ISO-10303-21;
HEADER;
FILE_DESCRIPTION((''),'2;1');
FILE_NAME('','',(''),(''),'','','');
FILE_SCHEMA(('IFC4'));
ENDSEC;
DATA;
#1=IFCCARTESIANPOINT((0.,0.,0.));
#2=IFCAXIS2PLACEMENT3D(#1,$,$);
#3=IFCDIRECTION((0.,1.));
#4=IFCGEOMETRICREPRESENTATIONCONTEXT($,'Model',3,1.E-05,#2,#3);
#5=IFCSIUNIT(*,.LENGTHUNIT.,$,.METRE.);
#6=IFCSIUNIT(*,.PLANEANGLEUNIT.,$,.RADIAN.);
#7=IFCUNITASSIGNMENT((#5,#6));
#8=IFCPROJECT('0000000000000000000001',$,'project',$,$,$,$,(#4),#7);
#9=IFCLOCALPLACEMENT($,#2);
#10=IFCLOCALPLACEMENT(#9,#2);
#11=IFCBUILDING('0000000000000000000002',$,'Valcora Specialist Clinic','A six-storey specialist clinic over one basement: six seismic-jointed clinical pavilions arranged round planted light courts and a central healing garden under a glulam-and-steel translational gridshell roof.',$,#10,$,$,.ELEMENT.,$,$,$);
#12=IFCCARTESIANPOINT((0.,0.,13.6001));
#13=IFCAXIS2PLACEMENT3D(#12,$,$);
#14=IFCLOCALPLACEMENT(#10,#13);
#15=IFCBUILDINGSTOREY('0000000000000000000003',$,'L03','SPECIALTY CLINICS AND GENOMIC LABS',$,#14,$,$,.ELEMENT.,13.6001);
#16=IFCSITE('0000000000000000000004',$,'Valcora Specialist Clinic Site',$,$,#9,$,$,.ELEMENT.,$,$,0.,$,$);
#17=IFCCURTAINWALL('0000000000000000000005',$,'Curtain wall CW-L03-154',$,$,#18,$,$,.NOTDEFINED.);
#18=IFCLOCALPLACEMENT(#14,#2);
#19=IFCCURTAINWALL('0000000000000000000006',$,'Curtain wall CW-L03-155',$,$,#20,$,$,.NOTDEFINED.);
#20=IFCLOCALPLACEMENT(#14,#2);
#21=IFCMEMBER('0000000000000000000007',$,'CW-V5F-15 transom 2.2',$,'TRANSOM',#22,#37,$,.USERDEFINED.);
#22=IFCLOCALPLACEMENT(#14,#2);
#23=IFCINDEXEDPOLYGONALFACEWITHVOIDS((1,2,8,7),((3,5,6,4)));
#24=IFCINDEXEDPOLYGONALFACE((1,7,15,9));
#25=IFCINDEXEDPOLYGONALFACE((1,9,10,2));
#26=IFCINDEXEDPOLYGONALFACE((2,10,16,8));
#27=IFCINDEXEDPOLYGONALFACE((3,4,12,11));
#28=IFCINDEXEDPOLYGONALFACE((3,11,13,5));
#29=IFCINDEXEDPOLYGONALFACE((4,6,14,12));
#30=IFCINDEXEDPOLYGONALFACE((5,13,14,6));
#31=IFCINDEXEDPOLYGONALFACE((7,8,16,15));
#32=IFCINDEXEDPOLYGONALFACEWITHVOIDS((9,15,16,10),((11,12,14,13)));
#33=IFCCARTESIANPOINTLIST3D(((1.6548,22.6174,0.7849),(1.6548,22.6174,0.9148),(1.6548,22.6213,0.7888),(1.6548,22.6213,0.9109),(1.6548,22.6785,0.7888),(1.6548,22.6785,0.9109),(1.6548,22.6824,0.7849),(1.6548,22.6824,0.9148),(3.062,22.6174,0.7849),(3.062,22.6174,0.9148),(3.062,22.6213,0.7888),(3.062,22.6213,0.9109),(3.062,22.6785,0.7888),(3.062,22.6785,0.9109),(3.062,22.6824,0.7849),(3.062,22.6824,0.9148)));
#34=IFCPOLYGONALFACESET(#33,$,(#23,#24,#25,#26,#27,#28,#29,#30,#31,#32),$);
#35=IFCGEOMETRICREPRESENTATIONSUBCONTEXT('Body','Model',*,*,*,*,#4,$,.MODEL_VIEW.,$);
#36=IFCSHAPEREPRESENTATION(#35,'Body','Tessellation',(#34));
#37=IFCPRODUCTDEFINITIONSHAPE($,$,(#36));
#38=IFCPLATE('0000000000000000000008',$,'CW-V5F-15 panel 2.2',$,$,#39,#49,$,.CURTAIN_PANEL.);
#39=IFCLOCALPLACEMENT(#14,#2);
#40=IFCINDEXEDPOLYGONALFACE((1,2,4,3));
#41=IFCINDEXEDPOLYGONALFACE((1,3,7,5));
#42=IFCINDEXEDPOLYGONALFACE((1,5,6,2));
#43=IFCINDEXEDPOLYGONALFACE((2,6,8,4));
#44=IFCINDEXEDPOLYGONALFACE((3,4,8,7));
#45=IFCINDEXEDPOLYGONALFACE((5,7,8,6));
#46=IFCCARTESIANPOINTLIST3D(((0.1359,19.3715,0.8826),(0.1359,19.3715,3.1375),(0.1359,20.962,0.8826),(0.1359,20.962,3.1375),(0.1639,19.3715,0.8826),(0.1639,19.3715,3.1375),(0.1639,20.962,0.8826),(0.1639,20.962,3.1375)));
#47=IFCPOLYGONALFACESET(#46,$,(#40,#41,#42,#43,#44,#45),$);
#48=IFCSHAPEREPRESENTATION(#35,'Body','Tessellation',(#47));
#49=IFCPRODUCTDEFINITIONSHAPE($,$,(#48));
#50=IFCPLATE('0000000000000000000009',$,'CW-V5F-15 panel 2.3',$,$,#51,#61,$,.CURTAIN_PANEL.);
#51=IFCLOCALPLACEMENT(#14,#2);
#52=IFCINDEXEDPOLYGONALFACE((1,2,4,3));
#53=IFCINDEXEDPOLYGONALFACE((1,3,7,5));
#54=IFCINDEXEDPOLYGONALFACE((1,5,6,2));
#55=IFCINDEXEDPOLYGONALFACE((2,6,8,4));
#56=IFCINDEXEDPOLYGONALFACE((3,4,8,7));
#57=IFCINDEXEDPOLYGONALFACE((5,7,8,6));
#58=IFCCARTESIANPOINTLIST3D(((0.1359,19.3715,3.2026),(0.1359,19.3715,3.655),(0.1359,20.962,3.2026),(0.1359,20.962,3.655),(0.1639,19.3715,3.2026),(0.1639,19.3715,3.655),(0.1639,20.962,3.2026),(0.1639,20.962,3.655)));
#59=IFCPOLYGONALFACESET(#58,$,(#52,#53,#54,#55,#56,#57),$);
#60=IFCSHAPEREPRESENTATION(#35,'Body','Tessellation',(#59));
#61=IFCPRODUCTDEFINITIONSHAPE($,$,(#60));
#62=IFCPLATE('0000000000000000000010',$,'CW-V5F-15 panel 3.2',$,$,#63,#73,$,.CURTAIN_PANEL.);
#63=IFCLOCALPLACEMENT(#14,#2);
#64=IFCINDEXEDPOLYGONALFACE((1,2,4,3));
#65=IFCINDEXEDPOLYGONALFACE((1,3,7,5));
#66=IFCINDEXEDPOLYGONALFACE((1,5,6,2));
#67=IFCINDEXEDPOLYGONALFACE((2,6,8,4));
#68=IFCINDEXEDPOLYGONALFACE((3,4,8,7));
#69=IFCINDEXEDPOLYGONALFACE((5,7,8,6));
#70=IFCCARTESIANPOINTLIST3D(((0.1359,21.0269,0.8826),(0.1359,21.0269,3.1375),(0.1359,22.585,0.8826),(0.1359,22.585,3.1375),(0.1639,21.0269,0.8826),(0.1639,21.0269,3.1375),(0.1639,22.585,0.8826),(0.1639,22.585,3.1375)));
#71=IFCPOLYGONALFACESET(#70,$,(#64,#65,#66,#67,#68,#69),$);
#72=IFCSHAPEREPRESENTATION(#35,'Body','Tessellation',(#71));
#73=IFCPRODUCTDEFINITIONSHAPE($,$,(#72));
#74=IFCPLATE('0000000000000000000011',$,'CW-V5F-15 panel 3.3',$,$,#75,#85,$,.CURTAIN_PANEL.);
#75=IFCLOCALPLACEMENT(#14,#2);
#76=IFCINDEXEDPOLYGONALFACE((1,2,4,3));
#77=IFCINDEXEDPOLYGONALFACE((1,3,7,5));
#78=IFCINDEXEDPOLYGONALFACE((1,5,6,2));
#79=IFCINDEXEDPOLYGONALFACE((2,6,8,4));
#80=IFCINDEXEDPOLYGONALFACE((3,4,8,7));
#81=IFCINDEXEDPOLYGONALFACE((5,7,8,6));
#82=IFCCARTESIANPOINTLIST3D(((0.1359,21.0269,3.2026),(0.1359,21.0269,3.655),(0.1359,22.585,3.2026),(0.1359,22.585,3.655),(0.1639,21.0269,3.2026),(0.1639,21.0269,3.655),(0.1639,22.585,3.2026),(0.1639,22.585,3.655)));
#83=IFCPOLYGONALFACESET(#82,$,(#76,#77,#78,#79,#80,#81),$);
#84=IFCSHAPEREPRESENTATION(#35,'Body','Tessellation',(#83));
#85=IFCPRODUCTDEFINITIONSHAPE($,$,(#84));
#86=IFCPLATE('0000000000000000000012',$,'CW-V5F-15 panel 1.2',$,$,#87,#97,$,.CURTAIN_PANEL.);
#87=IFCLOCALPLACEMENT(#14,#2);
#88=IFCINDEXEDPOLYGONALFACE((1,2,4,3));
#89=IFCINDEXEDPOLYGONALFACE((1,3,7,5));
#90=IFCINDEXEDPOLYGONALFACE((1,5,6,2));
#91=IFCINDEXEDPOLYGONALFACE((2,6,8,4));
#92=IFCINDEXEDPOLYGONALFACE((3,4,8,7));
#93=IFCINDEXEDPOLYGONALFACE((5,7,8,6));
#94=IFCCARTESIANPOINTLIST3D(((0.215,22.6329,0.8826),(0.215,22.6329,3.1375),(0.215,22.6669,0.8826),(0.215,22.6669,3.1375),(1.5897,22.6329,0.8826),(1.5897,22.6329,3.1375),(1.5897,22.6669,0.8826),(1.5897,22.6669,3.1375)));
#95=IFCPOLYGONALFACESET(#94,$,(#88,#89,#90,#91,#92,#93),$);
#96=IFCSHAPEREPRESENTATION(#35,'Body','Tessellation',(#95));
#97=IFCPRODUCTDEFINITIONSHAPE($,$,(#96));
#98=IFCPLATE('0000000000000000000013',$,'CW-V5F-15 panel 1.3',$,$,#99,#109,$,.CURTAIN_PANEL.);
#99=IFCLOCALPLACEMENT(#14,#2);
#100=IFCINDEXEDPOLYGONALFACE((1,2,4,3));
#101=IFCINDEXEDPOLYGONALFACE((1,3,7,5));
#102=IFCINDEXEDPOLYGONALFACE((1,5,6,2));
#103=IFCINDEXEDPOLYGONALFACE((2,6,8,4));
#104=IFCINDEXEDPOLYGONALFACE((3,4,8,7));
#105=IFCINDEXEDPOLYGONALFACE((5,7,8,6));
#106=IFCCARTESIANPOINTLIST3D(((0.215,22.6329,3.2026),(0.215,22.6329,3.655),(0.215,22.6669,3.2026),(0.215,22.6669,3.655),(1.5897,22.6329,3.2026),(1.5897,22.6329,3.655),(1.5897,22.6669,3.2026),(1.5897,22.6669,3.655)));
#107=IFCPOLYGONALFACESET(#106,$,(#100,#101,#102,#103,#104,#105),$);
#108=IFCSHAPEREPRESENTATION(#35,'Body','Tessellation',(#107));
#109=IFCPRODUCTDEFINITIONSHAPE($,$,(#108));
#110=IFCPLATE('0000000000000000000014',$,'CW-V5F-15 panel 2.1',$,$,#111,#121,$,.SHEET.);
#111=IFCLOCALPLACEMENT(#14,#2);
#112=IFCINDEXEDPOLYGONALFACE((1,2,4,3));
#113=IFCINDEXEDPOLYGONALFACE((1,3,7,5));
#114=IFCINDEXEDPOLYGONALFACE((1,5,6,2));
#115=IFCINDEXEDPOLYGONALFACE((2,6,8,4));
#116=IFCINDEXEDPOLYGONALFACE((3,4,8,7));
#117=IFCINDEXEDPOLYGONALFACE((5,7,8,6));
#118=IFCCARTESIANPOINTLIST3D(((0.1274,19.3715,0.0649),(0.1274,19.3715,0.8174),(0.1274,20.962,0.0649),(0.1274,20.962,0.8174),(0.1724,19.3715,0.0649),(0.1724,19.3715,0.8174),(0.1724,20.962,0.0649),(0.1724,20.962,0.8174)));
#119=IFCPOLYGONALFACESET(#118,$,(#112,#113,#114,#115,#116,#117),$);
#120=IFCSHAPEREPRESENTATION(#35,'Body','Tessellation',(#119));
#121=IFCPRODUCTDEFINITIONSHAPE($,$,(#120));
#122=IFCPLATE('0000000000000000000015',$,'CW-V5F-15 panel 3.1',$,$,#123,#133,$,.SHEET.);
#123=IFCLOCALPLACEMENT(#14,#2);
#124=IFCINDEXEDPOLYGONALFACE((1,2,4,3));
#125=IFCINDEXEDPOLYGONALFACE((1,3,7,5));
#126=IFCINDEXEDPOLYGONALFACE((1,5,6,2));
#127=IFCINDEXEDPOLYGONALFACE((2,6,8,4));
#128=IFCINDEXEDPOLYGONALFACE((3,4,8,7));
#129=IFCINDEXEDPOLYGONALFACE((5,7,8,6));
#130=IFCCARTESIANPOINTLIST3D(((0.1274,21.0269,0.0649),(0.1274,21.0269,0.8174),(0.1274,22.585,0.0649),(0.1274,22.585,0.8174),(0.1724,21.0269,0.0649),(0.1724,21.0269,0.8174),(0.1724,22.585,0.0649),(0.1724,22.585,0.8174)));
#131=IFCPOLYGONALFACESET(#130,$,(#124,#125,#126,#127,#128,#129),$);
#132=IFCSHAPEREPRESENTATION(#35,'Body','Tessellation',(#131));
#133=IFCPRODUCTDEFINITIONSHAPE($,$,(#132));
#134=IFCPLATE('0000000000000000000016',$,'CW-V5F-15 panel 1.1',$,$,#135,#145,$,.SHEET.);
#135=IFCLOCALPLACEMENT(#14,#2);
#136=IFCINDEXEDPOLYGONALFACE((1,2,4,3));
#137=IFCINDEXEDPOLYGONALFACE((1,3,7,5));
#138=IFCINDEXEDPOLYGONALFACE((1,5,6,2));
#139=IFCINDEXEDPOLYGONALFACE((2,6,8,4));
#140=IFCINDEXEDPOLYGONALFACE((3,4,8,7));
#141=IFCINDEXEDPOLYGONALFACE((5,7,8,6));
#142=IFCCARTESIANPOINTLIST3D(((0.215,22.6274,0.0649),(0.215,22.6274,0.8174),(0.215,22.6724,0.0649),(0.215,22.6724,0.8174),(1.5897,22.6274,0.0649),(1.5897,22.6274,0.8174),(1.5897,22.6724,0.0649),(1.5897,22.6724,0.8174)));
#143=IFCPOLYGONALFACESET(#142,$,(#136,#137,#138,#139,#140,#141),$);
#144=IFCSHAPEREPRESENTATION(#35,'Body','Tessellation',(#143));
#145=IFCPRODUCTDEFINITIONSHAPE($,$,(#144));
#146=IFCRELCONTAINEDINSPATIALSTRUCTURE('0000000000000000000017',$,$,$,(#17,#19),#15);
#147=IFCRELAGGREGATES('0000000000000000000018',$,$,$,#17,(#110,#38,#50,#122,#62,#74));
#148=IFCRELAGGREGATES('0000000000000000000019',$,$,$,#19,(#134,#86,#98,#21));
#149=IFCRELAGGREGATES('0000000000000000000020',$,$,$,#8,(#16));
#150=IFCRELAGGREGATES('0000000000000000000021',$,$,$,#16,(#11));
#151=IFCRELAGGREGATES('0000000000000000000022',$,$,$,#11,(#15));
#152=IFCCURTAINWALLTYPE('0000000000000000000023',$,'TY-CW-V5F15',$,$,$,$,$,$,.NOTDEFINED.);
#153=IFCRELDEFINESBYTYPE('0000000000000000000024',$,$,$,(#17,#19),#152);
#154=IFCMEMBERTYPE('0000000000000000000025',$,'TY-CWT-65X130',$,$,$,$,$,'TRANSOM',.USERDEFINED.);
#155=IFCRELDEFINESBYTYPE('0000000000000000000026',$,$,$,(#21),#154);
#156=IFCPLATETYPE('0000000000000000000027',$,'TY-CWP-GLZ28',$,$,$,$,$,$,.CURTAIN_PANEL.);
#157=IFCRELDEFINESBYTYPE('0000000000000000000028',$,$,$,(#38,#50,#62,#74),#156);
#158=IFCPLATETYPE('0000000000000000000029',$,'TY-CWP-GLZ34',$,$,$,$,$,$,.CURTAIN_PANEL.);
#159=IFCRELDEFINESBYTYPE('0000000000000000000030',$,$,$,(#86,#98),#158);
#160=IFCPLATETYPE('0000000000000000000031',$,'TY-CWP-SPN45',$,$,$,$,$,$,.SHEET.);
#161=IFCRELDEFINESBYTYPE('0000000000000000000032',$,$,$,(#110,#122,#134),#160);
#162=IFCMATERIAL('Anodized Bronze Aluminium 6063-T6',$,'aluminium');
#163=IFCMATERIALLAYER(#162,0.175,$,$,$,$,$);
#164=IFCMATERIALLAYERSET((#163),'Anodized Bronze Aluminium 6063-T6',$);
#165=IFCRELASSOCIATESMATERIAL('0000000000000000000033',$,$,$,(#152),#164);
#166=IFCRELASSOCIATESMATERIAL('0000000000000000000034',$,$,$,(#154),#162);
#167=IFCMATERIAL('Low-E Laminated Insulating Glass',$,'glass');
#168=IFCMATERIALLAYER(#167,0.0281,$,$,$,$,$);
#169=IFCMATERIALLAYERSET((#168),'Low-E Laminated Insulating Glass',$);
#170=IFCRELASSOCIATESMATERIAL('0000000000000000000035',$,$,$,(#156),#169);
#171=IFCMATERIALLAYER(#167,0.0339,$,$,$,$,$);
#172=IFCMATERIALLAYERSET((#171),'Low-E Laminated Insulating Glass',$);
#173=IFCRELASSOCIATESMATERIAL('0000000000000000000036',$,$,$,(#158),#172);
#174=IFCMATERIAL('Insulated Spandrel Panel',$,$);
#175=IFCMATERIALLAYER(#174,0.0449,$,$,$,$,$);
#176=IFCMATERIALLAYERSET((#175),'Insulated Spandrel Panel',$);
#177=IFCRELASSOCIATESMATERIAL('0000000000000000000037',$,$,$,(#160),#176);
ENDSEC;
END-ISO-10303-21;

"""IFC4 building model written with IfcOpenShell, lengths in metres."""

from ifc_helpers import new_model, si_unit, direction, frame, origin, origin_2d, place, context, subcontext, project, spatial, rectangle, hollow_rectangle, extrude, material, layer, layer_set, material_profile, profile_set, type_object, element, aggregate, save


model = new_model("IFC4")

# Units and contexts
model_context = context("Model", 3, precision=1e-05, world=origin(), true_north=direction((0.0, 1.0)))
body_context = subcontext(model_context, "Body", "Model", "MODEL_VIEW")
ifc_project = project(units=[si_unit("LENGTHUNIT", "METRE"), si_unit("PLANEANGLEUNIT", "RADIAN")], contexts=[model_context])

# Site, building, storey
site_placement = place(None, origin())
site = spatial("IfcSite", under=ifc_project, at=site_placement, Name="Valcora Specialist Clinic Site", CompositionType="ELEMENT", RefElevation=0.0)
building_placement = place(site_placement, origin())
building = spatial("IfcBuilding", under=site, at=building_placement, Name="Valcora Specialist Clinic", Description="A six-storey specialist clinic over one basement: six seismic-jointed clinical pavilions arranged round planted light courts and a central healing garden under a glulam-and-steel translational gridshell roof.", CompositionType="ELEMENT")
storey_placement = place(building_placement, frame((0.0, 0.0, 13.6001)))
storey = spatial("IfcBuildingStorey", under=building, at=storey_placement, Name="L03", Description="SPECIALTY CLINICS AND GENOMIC LABS", CompositionType="ELEMENT", Elevation=13.6001)

# Curtain walls
ifc_material_1 = material(Name="Anodized Bronze Aluminium 6063-T6", Category="aluminium")
ifc_layer_1 = layer(ifc_material_1, 0.175)
ifc_layer_set_1 = layer_set([ifc_layer_1], Name="Anodized Bronze Aluminium 6063-T6")
curtain_wall_type = type_object("IfcCurtainWallType", Name="TY-CW-V5F15", PredefinedType="NOTDEFINED", material=ifc_layer_set_1)
curtain_wall_1_placement = place(storey_placement, origin())
curtain_wall_1 = element("IfcCurtainWall", 1, at=curtain_wall_1_placement, inside=storey, type_object=curtain_wall_type, Name="Curtain wall CW-L03-154", PredefinedType="NOTDEFINED")
curtain_wall_2_placement = place(storey_placement, origin())
curtain_wall_2 = element("IfcCurtainWall", 2, at=curtain_wall_2_placement, inside=storey, type_object=curtain_wall_type, Name="Curtain wall CW-L03-155", PredefinedType="NOTDEFINED")

# Member
ifc_material_profile_1 = material_profile(ifc_material_1, hollow_rectangle(XDim=0.0649, YDim=0.1299, WallThickness=0.0039, at=origin_2d()), Name="AL-TRN-65X130")
ifc_profile_set_1 = profile_set([ifc_material_profile_1], Name="Anodized Bronze Aluminium 6063-T6")
member_type_1 = type_object("IfcMemberType", Name="TY-CWT-65X130", ElementType="TRANSOM", PredefinedType="USERDEFINED", material=ifc_profile_set_1)
member_1_placement = place(storey_placement, frame((1.6548, 22.6499, 0.8499), z_axis=(1.0, 0.0, 0.0), x_axis=(0.0, 1.0, 0.0)))
member_1 = element("IfcMember", 3, at=member_1_placement, type_object=member_type_1, Name="CW-V5F-15 transom 2.2", ObjectType="TRANSOM", PredefinedType="USERDEFINED", context=body_context, shape_type="SweptSolid", body=[
    extrude(hollow_rectangle(XDim=0.0649, YDim=0.1299, WallThickness=0.0039, at=origin_2d()), origin(), (0.0, 0.0, 1.0), 1.4072),
])

# Plates
ifc_material_2 = material(Name="Low-E Laminated Insulating Glass", Category="glass")
ifc_layer_2 = layer(ifc_material_2, 0.0281)
ifc_layer_set_2 = layer_set([ifc_layer_2], Name="Low-E Laminated Insulating Glass")
plate_type_1 = type_object("IfcPlateType", Name="TY-CWP-GLZ28", PredefinedType="CURTAIN_PANEL", material=ifc_layer_set_2)
plate_1_placement = place(storey_placement, frame((0.1499, 20.1667, 0.8826), z_axis=(0.0, 0.0, 1.0), x_axis=(0.0, 1.0, 0.0)))
plate_1 = element("IfcPlate", 4, at=plate_1_placement, type_object=plate_type_1, Name="CW-V5F-15 panel 2.2", PredefinedType="CURTAIN_PANEL", context=body_context, shape_type="SweptSolid", body=[
    extrude(rectangle(XDim=1.5906, YDim=0.0281, at=origin_2d()), origin(), (0.0, 0.0, 1.0), 2.2549),
])
plate_2_placement = place(storey_placement, frame((0.1499, 20.1667, 3.2026), z_axis=(0.0, 0.0, 1.0), x_axis=(0.0, 1.0, 0.0)))
plate_2 = element("IfcPlate", 5, at=plate_2_placement, type_object=plate_type_1, Name="CW-V5F-15 panel 2.3", PredefinedType="CURTAIN_PANEL", context=body_context, shape_type="SweptSolid", body=[
    extrude(rectangle(XDim=1.5906, YDim=0.0281, at=origin_2d()), origin(), (0.0, 0.0, 1.0), 0.4524),
])
plate_3_placement = place(storey_placement, frame((0.1499, 21.8059, 0.8826), z_axis=(0.0, 0.0, 1.0), x_axis=(0.0, 1.0, 0.0)))
plate_3 = element("IfcPlate", 6, at=plate_3_placement, type_object=plate_type_1, Name="CW-V5F-15 panel 3.2", PredefinedType="CURTAIN_PANEL", context=body_context, shape_type="SweptSolid", body=[
    extrude(rectangle(XDim=1.5581, YDim=0.0281, at=origin_2d()), origin(), (0.0, 0.0, 1.0), 2.2549),
])
plate_4_placement = place(storey_placement, frame((0.1499, 21.8059, 3.2026), z_axis=(0.0, 0.0, 1.0), x_axis=(0.0, 1.0, 0.0)))
plate_4 = element("IfcPlate", 7, at=plate_4_placement, type_object=plate_type_1, Name="CW-V5F-15 panel 3.3", PredefinedType="CURTAIN_PANEL", context=body_context, shape_type="SweptSolid", body=[
    extrude(rectangle(XDim=1.5581, YDim=0.0281, at=origin_2d()), origin(), (0.0, 0.0, 1.0), 0.4524),
])
ifc_layer_3 = layer(ifc_material_2, 0.0339)
ifc_layer_set_3 = layer_set([ifc_layer_3], Name="Low-E Laminated Insulating Glass")
plate_type_2 = type_object("IfcPlateType", Name="TY-CWP-GLZ34", PredefinedType="CURTAIN_PANEL", material=ifc_layer_set_3)
plate_5_placement = place(storey_placement, frame((0.9023, 22.6499, 0.8826), z_axis=(0.0, 0.0, 1.0), x_axis=(1.0, 0.0, 0.0)))
plate_5 = element("IfcPlate", 8, at=plate_5_placement, type_object=plate_type_2, Name="CW-V5F-15 panel 1.2", PredefinedType="CURTAIN_PANEL", context=body_context, shape_type="SweptSolid", body=[
    extrude(rectangle(XDim=1.3748, YDim=0.0339, at=origin_2d()), origin(), (0.0, 0.0, 1.0), 2.2549),
])
plate_6_placement = place(storey_placement, frame((0.9023, 22.6499, 3.2026), z_axis=(0.0, 0.0, 1.0), x_axis=(1.0, 0.0, 0.0)))
plate_6 = element("IfcPlate", 9, at=plate_6_placement, type_object=plate_type_2, Name="CW-V5F-15 panel 1.3", PredefinedType="CURTAIN_PANEL", context=body_context, shape_type="SweptSolid", body=[
    extrude(rectangle(XDim=1.3748, YDim=0.0339, at=origin_2d()), origin(), (0.0, 0.0, 1.0), 0.4524),
])
ifc_material_3 = material(Name="Insulated Spandrel Panel")
ifc_layer_4 = layer(ifc_material_3, 0.0449)
ifc_layer_set_4 = layer_set([ifc_layer_4], Name="Insulated Spandrel Panel")
plate_type_3 = type_object("IfcPlateType", Name="TY-CWP-SPN45", PredefinedType="SHEET", material=ifc_layer_set_4)
plate_7_placement = place(storey_placement, frame((0.1499, 20.1667, 0.0649), z_axis=(0.0, 0.0, 1.0), x_axis=(0.0, 1.0, 0.0)))
plate_7 = element("IfcPlate", 10, at=plate_7_placement, type_object=plate_type_3, Name="CW-V5F-15 panel 2.1", PredefinedType="SHEET", context=body_context, shape_type="SweptSolid", body=[
    extrude(rectangle(XDim=1.5906, YDim=0.0449, at=origin_2d()), origin(), (0.0, 0.0, 1.0), 0.7524),
])
plate_8_placement = place(storey_placement, frame((0.1499, 21.8059, 0.0649), z_axis=(0.0, 0.0, 1.0), x_axis=(0.0, 1.0, 0.0)))
plate_8 = element("IfcPlate", 11, at=plate_8_placement, type_object=plate_type_3, Name="CW-V5F-15 panel 3.1", PredefinedType="SHEET", context=body_context, shape_type="SweptSolid", body=[
    extrude(rectangle(XDim=1.5581, YDim=0.0449, at=origin_2d()), origin(), (0.0, 0.0, 1.0), 0.7524),
])
aggregate(curtain_wall_1, [plate_7, plate_1, plate_2, plate_8, plate_3, plate_4])
plate_9_placement = place(storey_placement, frame((0.9023, 22.6499, 0.0649), z_axis=(0.0, 0.0, 1.0), x_axis=(1.0, 0.0, 0.0)))
plate_9 = element("IfcPlate", 12, at=plate_9_placement, type_object=plate_type_3, Name="CW-V5F-15 panel 1.1", PredefinedType="SHEET", context=body_context, shape_type="SweptSolid", body=[
    extrude(rectangle(XDim=1.3748, YDim=0.0449, at=origin_2d()), origin(), (0.0, 0.0, 1.0), 0.7524),
])
aggregate(curtain_wall_2, [plate_9, plate_5, plate_6, member_1])

save(model, "model.ifc")
